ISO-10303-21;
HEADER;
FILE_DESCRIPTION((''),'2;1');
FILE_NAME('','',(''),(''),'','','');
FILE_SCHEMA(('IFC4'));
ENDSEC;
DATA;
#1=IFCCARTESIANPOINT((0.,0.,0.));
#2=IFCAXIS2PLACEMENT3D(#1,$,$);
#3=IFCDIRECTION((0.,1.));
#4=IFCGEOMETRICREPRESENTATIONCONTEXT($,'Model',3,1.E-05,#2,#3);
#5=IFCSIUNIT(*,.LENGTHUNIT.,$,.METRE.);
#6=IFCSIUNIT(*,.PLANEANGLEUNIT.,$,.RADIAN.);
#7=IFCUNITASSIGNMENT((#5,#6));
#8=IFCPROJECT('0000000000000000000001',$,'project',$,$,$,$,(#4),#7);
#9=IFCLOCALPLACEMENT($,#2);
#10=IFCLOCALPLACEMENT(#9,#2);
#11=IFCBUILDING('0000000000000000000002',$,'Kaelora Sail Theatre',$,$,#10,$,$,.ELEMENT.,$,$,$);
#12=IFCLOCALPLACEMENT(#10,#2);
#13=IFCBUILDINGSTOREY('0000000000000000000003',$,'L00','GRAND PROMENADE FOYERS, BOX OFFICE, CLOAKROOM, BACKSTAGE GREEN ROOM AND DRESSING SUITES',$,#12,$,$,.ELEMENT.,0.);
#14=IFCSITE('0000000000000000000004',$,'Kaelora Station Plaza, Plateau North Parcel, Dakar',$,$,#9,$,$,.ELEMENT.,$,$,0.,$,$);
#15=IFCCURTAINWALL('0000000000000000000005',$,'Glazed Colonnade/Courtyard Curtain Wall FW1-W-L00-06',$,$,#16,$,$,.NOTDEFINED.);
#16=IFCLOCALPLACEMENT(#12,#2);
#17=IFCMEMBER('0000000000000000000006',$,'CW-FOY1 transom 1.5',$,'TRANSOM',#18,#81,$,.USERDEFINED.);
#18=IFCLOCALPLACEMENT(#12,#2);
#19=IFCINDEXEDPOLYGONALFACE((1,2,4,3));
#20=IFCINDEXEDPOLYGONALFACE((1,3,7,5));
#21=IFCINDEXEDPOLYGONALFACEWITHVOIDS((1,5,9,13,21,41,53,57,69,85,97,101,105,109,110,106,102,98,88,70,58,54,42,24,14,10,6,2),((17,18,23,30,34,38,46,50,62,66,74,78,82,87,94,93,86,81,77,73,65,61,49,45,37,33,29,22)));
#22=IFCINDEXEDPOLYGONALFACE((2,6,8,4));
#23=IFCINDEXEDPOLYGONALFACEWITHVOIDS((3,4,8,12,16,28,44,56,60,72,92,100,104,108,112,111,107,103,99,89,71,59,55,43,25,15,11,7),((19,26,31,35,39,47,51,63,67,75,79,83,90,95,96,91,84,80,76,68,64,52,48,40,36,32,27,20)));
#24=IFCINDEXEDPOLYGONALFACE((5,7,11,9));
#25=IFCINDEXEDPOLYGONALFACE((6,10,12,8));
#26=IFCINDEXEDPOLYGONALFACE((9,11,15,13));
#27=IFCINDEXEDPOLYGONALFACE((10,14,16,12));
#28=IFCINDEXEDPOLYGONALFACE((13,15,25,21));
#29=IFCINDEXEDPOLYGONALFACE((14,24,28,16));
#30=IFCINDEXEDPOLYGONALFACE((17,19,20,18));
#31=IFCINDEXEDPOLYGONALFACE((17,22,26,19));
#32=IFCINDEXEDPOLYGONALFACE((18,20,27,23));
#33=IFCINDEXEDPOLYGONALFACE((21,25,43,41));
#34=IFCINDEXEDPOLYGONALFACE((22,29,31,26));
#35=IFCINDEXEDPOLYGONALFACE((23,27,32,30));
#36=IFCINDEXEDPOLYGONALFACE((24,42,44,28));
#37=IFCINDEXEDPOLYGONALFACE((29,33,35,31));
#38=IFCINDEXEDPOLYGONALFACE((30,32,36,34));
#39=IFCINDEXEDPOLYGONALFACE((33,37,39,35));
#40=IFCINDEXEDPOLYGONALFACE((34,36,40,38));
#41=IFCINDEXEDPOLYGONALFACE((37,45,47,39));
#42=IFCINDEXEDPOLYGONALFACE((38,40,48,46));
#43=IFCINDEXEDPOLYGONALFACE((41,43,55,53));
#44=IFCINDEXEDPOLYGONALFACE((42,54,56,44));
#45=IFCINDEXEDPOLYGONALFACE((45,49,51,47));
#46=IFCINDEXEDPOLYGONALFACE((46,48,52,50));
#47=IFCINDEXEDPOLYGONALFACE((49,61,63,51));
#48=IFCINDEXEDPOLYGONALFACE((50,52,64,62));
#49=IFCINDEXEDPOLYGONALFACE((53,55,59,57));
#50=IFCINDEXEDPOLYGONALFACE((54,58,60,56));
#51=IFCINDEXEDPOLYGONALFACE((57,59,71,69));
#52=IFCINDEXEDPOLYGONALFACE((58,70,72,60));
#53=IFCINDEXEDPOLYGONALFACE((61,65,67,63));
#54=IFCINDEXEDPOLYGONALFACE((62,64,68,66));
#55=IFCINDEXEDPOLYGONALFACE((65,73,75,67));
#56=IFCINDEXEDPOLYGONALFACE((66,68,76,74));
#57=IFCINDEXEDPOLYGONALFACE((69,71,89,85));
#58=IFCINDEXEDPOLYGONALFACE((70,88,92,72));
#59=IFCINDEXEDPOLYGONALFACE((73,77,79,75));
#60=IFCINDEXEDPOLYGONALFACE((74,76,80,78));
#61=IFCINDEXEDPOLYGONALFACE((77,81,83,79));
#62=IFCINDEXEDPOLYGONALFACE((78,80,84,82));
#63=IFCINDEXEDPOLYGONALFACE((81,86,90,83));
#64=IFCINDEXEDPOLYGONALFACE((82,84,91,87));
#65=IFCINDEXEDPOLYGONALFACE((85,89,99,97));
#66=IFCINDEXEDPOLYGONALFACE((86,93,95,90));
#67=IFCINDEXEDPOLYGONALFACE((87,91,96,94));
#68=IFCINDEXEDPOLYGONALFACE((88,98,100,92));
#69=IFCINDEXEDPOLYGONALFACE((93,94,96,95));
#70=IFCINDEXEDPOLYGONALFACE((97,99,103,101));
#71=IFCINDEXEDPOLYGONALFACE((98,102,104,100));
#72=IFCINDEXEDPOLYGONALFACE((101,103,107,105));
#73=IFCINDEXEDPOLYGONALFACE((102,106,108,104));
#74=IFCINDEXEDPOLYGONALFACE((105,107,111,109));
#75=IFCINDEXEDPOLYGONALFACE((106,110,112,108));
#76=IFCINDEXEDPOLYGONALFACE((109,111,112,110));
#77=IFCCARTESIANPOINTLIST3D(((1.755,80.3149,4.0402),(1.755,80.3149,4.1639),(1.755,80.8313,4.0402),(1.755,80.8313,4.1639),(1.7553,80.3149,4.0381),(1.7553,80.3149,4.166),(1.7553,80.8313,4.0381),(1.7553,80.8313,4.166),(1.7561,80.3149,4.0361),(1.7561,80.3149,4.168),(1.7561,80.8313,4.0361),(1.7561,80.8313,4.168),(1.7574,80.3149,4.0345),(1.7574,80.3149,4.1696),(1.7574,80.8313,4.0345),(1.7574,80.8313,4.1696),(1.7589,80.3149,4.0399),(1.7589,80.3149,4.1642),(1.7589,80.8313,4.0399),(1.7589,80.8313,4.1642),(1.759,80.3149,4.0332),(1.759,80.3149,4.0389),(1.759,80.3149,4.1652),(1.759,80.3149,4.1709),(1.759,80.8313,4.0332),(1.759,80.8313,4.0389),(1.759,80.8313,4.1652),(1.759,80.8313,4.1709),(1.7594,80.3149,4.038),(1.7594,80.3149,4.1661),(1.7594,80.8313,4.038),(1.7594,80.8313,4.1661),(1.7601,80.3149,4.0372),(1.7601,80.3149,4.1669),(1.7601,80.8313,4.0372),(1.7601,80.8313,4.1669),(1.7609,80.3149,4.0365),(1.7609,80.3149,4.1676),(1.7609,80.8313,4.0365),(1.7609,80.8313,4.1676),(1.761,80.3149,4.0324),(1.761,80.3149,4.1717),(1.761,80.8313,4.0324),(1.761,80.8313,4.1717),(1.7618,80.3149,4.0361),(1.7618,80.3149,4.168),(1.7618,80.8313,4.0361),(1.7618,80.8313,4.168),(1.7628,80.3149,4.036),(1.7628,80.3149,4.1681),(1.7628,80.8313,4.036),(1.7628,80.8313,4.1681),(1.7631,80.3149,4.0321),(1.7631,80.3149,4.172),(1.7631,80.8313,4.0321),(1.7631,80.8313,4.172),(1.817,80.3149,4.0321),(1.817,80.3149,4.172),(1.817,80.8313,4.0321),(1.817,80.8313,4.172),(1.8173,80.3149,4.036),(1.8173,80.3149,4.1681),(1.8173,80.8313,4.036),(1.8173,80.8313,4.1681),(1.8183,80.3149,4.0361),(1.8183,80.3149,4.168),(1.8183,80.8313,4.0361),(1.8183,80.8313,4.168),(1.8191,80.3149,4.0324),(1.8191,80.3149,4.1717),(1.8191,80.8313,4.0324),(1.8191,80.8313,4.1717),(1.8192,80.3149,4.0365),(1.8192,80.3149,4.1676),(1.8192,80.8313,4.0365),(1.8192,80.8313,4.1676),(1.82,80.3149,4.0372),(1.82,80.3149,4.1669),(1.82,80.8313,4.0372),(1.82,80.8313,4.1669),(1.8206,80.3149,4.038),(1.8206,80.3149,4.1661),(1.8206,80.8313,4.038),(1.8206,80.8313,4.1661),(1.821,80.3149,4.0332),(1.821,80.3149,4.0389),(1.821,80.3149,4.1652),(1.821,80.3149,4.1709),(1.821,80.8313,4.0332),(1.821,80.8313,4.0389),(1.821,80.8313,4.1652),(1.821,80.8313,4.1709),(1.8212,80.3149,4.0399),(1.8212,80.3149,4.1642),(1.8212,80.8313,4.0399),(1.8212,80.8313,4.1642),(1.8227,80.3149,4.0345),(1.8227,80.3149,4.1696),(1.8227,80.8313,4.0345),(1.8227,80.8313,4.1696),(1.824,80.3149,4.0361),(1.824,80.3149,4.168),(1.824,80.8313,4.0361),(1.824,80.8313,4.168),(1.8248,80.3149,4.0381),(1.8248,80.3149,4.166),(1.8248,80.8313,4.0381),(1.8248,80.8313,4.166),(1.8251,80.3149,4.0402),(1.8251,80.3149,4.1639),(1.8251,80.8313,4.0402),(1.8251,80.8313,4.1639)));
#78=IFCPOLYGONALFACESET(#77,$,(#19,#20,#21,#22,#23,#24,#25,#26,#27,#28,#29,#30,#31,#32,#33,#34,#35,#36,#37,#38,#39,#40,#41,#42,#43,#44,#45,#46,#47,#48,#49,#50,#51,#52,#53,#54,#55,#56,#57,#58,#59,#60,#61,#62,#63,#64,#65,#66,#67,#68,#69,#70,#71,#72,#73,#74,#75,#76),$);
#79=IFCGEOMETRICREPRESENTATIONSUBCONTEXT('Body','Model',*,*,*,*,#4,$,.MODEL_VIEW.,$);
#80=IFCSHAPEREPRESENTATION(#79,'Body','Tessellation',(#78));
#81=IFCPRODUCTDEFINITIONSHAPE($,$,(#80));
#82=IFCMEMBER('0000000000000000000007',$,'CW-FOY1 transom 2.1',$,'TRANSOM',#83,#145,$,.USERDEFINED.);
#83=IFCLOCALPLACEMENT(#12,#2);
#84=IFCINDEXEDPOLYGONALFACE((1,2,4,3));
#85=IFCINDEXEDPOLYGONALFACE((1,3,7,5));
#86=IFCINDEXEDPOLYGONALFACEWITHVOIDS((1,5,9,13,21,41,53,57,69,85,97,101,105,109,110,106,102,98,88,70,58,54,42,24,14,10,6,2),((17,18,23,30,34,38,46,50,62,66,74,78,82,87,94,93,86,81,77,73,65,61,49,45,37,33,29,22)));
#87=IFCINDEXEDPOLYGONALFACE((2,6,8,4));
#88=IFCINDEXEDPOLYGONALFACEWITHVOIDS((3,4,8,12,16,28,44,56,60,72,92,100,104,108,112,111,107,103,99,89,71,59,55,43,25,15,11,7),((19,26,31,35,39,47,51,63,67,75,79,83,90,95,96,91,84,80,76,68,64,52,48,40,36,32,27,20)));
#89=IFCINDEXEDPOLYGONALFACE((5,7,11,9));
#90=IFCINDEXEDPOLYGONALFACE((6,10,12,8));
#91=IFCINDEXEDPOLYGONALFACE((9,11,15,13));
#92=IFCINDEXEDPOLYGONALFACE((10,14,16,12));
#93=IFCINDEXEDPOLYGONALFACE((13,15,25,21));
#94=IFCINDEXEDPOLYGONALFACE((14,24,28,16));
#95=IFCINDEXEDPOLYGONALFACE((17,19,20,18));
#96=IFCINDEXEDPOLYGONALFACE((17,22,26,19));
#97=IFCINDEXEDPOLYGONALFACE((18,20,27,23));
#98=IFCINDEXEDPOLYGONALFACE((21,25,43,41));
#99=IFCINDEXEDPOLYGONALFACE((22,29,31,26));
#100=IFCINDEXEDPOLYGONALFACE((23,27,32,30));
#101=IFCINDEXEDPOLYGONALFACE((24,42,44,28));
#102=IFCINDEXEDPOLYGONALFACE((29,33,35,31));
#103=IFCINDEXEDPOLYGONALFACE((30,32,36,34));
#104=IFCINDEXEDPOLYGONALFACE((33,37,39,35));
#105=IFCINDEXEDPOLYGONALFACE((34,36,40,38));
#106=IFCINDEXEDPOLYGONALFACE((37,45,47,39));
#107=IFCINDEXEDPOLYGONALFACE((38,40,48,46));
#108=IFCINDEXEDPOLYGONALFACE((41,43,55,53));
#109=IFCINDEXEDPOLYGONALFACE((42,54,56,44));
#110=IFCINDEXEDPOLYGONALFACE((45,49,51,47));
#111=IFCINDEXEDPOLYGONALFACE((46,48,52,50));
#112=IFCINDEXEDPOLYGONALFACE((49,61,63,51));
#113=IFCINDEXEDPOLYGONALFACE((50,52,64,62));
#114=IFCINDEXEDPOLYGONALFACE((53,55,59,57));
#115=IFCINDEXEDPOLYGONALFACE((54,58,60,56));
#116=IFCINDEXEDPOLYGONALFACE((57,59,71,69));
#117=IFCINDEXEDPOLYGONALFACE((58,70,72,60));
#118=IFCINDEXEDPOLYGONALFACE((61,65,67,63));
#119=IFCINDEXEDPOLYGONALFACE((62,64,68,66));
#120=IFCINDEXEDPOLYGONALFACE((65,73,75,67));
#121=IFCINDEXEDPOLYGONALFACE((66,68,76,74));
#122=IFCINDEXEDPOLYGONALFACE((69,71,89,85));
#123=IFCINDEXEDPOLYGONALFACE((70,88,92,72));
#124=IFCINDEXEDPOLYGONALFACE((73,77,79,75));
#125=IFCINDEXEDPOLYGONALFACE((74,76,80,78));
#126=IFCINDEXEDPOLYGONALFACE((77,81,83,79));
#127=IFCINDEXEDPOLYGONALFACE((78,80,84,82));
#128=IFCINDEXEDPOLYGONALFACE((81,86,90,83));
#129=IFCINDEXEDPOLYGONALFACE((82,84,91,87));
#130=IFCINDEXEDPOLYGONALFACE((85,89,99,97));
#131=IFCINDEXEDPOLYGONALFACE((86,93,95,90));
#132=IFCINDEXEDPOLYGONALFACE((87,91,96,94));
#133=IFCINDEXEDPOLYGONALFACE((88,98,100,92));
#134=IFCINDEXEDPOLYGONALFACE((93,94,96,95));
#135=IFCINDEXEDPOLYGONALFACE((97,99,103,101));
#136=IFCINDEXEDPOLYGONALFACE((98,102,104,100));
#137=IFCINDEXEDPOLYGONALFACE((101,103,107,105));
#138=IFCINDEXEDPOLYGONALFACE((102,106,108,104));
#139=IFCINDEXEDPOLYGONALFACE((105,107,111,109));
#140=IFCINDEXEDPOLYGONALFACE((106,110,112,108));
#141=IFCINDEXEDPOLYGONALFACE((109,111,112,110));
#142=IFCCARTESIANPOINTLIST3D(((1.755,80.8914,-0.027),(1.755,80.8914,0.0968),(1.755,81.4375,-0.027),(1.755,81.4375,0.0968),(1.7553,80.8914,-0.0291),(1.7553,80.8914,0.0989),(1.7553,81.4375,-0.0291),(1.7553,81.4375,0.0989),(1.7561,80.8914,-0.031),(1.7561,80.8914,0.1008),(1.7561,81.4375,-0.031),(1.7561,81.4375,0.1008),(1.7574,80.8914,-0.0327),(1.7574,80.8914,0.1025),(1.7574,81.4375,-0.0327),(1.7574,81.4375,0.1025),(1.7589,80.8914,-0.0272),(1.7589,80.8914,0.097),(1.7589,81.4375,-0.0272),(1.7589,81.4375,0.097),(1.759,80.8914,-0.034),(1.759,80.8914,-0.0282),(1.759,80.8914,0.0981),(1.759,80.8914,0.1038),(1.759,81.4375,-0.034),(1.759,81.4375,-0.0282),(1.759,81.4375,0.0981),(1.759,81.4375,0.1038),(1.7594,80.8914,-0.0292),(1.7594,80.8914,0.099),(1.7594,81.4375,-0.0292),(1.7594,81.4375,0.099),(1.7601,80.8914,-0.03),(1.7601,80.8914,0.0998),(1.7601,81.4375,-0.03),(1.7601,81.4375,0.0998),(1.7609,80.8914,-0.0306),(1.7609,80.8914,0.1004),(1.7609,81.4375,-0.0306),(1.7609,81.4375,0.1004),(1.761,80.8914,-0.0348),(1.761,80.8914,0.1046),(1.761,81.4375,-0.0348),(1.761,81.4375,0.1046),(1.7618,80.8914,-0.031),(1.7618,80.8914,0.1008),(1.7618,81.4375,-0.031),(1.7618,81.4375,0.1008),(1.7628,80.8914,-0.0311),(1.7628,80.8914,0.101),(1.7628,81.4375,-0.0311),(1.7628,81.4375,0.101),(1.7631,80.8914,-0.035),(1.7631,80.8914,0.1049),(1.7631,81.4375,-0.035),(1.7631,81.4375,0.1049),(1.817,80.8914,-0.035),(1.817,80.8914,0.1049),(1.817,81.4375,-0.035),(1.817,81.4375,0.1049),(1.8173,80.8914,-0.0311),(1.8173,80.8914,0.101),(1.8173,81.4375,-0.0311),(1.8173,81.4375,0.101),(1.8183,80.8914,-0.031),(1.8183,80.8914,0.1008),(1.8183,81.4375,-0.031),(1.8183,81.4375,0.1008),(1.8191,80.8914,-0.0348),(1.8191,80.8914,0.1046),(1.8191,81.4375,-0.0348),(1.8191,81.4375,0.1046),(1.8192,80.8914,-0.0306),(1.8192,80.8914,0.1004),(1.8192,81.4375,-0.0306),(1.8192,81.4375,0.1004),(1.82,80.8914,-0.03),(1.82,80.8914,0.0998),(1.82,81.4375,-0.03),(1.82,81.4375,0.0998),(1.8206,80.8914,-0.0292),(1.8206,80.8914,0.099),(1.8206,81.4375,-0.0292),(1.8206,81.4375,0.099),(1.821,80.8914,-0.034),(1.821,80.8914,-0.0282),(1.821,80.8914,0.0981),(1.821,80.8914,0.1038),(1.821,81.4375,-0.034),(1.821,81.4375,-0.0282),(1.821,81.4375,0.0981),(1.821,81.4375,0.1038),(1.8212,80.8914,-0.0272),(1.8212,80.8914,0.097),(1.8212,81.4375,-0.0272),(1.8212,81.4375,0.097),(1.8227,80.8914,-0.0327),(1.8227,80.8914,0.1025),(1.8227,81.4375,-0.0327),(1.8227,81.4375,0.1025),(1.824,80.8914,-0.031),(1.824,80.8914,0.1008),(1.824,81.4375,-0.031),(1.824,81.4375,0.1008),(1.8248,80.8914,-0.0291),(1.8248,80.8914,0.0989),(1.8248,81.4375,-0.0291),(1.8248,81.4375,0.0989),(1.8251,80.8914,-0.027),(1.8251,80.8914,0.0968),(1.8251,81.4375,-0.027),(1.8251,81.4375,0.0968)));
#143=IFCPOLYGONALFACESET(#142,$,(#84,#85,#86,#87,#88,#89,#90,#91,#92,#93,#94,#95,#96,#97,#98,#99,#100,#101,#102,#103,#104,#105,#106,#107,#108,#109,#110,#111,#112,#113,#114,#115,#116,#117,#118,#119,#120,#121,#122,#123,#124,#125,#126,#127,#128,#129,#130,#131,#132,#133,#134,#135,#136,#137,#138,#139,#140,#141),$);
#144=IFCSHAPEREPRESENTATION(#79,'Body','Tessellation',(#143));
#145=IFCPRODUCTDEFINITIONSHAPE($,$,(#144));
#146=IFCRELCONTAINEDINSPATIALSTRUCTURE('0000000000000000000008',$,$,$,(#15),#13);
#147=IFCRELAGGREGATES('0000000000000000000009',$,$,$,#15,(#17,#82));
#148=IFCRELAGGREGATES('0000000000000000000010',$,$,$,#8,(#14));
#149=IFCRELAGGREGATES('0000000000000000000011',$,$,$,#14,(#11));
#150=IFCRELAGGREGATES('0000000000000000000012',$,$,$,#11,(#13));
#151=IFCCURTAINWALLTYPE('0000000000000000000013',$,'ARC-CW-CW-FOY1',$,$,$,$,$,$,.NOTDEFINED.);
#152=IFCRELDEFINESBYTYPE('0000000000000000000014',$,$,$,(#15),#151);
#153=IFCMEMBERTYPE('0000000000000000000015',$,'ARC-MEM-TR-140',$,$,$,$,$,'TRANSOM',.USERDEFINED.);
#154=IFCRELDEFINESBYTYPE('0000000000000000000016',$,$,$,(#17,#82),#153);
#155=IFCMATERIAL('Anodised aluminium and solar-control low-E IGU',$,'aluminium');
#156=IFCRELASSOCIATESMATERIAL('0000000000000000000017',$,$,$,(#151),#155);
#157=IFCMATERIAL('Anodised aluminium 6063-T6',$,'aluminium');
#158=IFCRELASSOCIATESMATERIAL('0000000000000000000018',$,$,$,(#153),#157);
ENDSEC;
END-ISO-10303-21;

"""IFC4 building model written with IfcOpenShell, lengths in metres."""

from ifc_helpers import new_model, si_unit, direction, frame, origin, origin_2d, place, context, subcontext, project, spatial, hollow_rectangle, extrude, material, material_profile, profile_set, type_object, element, aggregate, save


model = new_model("IFC4")

# Units and contexts
model_context = context("Model", 3, precision=1e-05, world=origin(), true_north=direction((0.0, 1.0)))
body_context = subcontext(model_context, "Body", "Model", "MODEL_VIEW")
ifc_project = project(units=[si_unit("LENGTHUNIT", "METRE"), si_unit("PLANEANGLEUNIT", "RADIAN")], contexts=[model_context])

# Site, building, storey
site_placement = place(None, origin())
site = spatial("IfcSite", under=ifc_project, at=site_placement, Name="Kaelora Station Plaza, Plateau North Parcel, Dakar", CompositionType="ELEMENT", RefElevation=0.0)
building_placement = place(site_placement, origin())
building = spatial("IfcBuilding", under=site, at=building_placement, Name="Kaelora Sail Theatre", CompositionType="ELEMENT")
storey_placement = place(building_placement, origin())
storey = spatial("IfcBuildingStorey", under=building, at=storey_placement, Name="L00", Description="GRAND PROMENADE FOYERS, BOX OFFICE, CLOAKROOM, BACKSTAGE GREEN ROOM AND DRESSING SUITES", CompositionType="ELEMENT", Elevation=0.0)

# Curtain wall, members
ifc_material_1 = material(Name="Anodised aluminium and solar-control low-E IGU", Category="aluminium")
curtain_wall_type = type_object("IfcCurtainWallType", Name="ARC-CW-CW-FOY1", PredefinedType="NOTDEFINED", material=ifc_material_1)
curtain_wall_placement = place(storey_placement, origin())
curtain_wall = element("IfcCurtainWall", 1, at=curtain_wall_placement, inside=storey, type_object=curtain_wall_type, Name="Glazed Colonnade/Courtyard Curtain Wall FW1-W-L00-06", PredefinedType="NOTDEFINED")
ifc_material_2 = material(Name="Anodised aluminium 6063-T6", Category="aluminium")
ifc_material_profile_1 = material_profile(ifc_material_2, hollow_rectangle(XDim=0.0701, YDim=0.1399, WallThickness=0.0039, InnerFilletRadius=0.0039, OuterFilletRadius=0.0081, at=origin_2d()), Name="ALU-TRAN 70x140x4")
ifc_profile_set_1 = profile_set([ifc_material_profile_1], Name="Anodised aluminium 6063-T6")
member_type_1 = type_object("IfcMemberType", Name="ARC-MEM-TR-140", ElementType="TRANSOM", PredefinedType="USERDEFINED", material=ifc_profile_set_1)
member_1_placement = place(storey_placement, frame((1.79, 80.3149, 4.1021), z_axis=(0.0, 1.0, 0.0), x_axis=(-1.0, 0.0, 0.0)))
member_1 = element("IfcMember", 2, at=member_1_placement, type_object=member_type_1, Name="CW-FOY1 transom 1.5", ObjectType="TRANSOM", PredefinedType="USERDEFINED", context=body_context, shape_type="SweptSolid", body=[
    extrude(hollow_rectangle(XDim=0.0701, YDim=0.1399, WallThickness=0.0039, InnerFilletRadius=0.0039, OuterFilletRadius=0.0081, at=origin_2d()), origin(), (0.0, 0.0, 1.0), 0.5164),
])
member_2_placement = place(storey_placement, frame((1.79, 80.8914, 0.0349), z_axis=(0.0, 1.0, 0.0), x_axis=(-1.0, 0.0, 0.0)))
member_2 = element("IfcMember", 3, at=member_2_placement, type_object=member_type_1, Name="CW-FOY1 transom 2.1", ObjectType="TRANSOM", PredefinedType="USERDEFINED", context=body_context, shape_type="SweptSolid", body=[
    extrude(hollow_rectangle(XDim=0.0701, YDim=0.1399, WallThickness=0.0039, InnerFilletRadius=0.0039, OuterFilletRadius=0.0081, at=origin_2d()), origin(), (0.0, 0.0, 1.0), 0.5461),
])
aggregate(curtain_wall, [member_1, member_2])

save(model, "model.ifc")
